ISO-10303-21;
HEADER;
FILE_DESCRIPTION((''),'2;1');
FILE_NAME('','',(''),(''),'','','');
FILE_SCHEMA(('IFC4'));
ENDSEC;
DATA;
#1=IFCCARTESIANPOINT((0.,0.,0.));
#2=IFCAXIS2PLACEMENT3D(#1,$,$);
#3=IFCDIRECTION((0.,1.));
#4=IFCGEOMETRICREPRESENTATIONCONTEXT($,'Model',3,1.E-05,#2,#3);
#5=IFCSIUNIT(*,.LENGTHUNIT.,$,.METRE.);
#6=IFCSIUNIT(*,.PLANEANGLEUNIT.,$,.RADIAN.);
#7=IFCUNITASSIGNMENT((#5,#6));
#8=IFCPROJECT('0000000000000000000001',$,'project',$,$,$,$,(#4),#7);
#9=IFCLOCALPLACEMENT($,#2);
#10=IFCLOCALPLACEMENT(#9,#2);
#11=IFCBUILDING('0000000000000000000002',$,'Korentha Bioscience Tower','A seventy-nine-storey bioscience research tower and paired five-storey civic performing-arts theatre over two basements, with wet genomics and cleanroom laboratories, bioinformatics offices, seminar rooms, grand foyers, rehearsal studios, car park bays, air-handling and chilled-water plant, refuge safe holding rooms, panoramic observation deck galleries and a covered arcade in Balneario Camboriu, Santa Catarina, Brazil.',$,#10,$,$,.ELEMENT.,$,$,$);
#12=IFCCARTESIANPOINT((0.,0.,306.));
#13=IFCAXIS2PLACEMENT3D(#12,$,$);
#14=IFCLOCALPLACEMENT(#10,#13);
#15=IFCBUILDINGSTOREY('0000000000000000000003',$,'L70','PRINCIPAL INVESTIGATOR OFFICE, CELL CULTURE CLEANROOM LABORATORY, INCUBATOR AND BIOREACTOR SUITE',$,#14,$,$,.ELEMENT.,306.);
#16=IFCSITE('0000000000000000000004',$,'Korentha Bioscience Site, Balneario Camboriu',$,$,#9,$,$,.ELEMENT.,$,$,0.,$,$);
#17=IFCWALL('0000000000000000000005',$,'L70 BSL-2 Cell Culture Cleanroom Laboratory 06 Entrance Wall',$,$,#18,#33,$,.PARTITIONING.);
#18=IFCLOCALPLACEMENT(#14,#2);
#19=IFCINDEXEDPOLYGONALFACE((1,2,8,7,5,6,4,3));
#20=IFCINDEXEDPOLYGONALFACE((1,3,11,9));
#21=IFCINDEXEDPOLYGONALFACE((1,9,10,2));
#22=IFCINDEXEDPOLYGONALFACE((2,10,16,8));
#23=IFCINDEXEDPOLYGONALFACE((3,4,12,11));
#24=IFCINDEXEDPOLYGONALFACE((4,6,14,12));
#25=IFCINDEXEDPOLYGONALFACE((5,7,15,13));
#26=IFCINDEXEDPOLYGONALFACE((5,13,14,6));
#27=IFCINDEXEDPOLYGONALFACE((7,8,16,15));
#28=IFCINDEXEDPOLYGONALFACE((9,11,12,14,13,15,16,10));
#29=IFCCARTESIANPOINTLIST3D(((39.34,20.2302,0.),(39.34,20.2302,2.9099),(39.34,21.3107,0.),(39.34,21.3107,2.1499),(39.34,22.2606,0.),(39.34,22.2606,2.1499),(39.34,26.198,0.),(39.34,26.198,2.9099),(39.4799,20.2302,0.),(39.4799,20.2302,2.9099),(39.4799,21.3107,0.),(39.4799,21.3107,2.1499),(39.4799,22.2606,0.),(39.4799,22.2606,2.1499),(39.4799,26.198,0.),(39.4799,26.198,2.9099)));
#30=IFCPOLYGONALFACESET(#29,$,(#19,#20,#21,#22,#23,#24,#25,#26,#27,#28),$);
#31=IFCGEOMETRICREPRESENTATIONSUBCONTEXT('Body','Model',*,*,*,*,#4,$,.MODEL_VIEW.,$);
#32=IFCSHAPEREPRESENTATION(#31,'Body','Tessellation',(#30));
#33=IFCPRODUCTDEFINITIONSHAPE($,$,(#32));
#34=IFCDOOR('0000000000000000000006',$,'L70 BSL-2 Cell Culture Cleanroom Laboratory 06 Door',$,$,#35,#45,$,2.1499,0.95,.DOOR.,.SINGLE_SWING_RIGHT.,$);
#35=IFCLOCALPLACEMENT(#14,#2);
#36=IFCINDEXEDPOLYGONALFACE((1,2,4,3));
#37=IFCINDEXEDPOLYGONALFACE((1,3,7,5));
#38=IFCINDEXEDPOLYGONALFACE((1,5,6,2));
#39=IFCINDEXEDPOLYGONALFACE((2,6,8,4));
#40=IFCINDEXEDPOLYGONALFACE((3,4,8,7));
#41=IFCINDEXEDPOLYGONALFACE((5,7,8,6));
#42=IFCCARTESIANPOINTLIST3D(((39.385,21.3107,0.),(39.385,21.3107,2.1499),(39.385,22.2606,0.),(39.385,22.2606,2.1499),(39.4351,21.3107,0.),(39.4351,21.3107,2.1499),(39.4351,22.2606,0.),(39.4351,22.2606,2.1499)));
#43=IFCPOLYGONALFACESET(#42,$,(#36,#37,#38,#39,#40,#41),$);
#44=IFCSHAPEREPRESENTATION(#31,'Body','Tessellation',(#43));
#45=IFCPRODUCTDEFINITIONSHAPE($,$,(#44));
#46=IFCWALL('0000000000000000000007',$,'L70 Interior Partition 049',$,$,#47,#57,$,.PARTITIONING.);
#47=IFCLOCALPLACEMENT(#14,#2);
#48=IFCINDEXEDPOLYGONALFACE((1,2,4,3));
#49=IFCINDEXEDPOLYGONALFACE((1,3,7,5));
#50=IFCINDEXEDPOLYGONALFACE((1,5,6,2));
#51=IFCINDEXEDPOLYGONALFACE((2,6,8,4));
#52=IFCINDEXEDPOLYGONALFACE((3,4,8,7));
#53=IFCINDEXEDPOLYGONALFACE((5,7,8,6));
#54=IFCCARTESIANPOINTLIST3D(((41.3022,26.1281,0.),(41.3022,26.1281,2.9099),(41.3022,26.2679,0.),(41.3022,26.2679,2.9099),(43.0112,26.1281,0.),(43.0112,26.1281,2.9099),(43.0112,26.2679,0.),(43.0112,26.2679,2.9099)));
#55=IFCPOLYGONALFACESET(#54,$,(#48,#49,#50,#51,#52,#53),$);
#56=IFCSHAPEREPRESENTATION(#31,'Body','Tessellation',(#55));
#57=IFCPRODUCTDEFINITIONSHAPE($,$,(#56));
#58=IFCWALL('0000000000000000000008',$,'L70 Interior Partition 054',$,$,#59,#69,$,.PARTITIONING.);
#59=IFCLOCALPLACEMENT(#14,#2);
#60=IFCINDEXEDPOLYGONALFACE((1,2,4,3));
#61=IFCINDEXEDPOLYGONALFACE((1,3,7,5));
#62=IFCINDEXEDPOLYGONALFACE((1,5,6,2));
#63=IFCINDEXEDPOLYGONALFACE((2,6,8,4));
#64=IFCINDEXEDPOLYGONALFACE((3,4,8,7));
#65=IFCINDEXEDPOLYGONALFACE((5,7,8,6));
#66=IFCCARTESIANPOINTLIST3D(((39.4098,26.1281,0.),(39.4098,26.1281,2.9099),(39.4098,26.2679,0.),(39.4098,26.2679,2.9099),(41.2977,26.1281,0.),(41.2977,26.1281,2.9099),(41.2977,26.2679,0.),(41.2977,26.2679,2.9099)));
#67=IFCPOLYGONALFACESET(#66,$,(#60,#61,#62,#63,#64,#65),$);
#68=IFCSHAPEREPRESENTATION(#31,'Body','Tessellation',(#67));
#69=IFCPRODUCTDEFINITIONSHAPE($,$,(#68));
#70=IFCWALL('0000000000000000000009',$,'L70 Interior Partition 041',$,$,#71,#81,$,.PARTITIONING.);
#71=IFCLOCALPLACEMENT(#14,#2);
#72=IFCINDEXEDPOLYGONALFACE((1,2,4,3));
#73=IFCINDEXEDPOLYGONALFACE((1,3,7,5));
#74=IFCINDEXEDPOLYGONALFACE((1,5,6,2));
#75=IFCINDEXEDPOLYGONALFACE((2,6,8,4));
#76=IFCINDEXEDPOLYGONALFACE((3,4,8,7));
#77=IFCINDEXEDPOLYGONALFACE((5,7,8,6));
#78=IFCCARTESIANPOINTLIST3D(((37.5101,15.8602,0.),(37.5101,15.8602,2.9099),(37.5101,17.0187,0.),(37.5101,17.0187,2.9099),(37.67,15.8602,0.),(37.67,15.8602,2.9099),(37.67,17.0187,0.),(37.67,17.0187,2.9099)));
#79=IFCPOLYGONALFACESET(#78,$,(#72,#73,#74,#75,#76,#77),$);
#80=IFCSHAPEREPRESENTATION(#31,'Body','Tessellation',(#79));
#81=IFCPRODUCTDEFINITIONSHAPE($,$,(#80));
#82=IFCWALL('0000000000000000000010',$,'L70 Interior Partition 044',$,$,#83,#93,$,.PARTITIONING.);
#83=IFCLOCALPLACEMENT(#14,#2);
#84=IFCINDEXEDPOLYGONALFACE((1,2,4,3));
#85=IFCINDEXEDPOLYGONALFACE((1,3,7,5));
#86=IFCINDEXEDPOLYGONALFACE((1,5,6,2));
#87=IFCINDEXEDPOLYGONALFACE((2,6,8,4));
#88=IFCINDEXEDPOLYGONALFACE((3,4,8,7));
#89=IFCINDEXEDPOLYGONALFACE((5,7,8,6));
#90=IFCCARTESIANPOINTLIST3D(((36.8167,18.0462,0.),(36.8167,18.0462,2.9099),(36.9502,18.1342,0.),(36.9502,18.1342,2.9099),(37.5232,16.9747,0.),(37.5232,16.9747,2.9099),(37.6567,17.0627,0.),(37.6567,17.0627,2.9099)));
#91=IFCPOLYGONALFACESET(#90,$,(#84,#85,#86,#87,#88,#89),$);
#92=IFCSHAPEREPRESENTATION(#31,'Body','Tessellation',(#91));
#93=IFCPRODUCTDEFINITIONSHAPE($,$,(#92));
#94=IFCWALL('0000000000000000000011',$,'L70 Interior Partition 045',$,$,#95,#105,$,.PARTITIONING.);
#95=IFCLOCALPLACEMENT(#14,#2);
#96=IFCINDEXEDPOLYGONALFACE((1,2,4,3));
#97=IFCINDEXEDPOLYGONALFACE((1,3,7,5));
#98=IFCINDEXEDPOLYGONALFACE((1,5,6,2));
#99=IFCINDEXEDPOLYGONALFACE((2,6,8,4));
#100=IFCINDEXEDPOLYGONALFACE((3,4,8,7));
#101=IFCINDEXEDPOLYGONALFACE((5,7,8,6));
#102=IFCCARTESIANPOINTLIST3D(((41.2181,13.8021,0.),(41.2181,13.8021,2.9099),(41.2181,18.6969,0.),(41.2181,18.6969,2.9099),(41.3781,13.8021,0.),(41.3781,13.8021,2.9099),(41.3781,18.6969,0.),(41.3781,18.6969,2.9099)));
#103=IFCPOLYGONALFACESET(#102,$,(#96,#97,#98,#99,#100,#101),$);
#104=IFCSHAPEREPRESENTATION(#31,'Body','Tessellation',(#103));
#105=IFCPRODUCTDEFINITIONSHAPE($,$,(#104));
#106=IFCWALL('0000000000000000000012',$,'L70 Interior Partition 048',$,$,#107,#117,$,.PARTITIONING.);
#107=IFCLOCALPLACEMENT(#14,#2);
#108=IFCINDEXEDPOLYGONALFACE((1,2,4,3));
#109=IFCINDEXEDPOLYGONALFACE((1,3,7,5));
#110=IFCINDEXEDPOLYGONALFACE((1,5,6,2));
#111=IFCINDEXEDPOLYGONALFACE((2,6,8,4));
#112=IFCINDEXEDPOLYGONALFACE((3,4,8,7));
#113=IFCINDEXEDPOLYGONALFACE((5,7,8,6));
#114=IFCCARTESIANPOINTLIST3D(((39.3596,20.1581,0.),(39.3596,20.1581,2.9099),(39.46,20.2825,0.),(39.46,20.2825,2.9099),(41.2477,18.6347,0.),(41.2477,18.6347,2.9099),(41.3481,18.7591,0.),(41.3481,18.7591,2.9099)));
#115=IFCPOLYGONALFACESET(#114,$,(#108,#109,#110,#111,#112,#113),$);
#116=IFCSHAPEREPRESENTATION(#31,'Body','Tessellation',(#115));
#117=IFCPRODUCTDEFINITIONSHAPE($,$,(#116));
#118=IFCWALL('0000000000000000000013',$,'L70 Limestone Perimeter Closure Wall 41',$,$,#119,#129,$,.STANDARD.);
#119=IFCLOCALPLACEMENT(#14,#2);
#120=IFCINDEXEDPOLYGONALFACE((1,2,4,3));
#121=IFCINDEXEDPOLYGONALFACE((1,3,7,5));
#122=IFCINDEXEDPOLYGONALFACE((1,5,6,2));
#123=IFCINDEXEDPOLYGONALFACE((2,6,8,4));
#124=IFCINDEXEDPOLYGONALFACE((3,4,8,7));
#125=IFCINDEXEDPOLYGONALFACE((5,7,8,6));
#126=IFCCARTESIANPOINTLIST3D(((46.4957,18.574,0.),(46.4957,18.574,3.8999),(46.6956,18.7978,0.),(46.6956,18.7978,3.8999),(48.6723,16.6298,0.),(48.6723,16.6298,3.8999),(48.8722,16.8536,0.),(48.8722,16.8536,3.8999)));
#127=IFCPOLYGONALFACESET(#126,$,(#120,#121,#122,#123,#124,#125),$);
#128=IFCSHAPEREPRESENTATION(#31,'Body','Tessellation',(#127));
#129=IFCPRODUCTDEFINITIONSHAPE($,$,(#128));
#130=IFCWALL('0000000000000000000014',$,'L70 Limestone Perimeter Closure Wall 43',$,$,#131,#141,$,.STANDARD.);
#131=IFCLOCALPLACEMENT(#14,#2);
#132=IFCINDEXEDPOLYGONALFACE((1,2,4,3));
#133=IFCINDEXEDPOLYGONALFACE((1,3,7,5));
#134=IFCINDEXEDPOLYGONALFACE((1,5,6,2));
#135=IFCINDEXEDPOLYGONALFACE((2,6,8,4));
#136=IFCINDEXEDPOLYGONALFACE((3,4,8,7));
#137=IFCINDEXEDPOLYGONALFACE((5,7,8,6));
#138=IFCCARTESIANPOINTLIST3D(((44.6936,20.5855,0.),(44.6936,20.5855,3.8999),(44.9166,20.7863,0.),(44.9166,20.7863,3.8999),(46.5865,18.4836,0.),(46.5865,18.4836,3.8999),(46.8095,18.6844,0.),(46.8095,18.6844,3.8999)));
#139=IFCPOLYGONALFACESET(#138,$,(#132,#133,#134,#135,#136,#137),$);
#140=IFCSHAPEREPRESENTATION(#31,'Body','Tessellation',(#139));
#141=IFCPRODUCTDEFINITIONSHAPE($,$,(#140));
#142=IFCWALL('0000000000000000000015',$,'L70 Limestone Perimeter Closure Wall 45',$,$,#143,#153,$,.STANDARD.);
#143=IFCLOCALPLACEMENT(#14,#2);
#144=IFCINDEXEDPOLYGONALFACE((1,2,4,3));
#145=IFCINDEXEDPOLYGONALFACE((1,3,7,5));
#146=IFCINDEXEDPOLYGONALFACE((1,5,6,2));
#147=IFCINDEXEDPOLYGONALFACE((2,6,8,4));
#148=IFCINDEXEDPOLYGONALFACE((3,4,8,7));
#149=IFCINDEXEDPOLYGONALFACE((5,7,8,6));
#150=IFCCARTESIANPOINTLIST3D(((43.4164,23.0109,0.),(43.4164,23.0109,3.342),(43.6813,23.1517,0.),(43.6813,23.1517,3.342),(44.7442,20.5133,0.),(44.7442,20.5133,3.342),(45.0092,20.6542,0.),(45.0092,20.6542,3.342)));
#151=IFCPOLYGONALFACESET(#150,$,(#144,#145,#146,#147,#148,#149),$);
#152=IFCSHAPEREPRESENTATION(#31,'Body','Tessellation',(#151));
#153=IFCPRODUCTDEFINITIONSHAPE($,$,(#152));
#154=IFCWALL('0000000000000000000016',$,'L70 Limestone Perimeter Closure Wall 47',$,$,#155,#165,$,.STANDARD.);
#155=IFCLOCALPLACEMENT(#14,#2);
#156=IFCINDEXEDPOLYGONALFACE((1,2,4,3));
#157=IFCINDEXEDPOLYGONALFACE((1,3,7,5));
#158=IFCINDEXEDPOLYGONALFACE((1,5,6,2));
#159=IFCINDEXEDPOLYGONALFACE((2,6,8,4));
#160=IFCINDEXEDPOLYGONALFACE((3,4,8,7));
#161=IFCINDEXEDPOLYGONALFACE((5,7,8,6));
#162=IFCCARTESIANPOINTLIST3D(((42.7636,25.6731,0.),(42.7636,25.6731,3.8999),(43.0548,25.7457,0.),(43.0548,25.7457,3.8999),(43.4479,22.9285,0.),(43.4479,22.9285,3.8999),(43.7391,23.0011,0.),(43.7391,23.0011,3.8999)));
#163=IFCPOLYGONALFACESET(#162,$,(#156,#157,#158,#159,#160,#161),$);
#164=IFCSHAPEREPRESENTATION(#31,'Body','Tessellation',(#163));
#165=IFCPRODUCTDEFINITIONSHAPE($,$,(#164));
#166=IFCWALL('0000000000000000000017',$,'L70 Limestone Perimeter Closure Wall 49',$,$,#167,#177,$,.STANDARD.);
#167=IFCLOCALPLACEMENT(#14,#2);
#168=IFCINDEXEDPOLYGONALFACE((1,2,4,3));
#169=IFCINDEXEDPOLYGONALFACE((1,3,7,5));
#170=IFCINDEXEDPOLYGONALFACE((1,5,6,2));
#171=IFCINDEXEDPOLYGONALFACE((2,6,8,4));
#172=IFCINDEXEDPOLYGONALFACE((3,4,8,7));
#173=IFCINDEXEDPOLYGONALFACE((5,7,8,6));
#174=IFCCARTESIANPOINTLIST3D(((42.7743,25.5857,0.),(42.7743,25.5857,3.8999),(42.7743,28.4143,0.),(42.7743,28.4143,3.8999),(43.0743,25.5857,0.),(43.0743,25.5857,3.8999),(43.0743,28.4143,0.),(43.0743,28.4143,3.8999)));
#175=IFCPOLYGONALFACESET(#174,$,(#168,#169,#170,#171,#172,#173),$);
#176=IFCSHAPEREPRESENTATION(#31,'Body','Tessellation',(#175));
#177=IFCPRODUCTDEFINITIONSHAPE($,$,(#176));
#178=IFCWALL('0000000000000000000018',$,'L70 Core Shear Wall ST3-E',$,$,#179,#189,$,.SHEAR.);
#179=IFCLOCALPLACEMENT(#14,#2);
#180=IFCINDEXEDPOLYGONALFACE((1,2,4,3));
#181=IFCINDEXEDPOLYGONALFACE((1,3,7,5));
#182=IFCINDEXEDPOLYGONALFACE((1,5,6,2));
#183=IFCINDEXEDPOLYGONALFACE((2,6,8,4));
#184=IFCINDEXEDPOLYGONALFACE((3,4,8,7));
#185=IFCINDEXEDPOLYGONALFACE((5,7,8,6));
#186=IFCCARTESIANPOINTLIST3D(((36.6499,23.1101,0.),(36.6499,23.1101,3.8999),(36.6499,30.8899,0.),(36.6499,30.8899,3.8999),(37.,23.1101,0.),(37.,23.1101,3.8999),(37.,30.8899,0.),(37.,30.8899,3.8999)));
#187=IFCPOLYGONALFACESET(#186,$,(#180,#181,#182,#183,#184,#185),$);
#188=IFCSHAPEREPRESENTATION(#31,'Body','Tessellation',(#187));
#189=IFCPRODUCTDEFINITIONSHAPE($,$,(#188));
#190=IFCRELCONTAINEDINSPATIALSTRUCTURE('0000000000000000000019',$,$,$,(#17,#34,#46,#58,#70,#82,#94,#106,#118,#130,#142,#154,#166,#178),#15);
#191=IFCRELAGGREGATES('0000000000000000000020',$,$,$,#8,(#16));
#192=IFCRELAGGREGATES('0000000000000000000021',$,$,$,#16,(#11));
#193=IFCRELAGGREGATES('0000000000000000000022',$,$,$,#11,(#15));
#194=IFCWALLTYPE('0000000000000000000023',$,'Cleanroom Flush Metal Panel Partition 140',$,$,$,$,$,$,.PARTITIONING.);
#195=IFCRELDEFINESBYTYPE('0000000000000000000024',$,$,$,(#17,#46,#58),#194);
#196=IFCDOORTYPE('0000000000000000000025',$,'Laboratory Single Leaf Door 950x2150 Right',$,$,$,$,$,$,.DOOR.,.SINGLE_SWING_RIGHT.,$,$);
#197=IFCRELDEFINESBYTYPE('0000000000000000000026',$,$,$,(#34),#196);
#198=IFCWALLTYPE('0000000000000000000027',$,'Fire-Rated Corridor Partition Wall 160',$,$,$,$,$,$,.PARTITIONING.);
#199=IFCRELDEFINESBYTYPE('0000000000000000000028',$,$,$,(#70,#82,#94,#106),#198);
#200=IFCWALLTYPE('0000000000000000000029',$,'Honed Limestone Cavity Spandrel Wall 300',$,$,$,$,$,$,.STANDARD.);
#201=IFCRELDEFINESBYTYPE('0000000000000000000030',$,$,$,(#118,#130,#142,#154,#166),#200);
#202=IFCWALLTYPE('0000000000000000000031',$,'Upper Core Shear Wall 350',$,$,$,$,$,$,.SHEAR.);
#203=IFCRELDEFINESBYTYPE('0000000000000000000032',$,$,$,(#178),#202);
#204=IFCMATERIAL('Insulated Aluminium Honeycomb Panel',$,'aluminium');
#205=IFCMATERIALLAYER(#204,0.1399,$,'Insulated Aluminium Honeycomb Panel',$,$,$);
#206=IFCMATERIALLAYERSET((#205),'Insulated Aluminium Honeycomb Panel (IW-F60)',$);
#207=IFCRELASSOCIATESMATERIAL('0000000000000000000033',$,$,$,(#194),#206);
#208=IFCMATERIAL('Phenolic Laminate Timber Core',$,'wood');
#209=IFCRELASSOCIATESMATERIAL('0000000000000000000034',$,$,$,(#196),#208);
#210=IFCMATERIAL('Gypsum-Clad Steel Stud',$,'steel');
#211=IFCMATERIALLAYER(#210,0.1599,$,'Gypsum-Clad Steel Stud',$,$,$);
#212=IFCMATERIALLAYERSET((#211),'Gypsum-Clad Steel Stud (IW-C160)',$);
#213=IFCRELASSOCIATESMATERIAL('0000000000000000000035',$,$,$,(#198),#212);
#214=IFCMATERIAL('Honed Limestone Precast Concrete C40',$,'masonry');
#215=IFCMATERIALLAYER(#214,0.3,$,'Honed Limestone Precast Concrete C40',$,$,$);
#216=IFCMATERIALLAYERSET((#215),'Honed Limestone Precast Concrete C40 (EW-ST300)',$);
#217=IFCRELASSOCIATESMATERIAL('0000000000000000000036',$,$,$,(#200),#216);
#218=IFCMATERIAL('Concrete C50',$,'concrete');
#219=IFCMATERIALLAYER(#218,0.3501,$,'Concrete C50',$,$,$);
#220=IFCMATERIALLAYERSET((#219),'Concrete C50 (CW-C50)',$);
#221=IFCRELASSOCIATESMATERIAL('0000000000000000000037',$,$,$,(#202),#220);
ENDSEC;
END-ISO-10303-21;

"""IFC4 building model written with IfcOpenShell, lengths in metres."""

from ifc_helpers import new_model, si_unit, direction, frame, frame_2d, origin, place, context, subcontext, project, spatial, rectangle, extrude, material, layer, layer_set, type_object, element, fill, save


model = new_model("IFC4")

# Units and contexts
model_context = context("Model", 3, precision=1e-05, world=origin(), true_north=direction((0.0, 1.0)))
body_context = subcontext(model_context, "Body", "Model", "MODEL_VIEW")
ifc_project = project(units=[si_unit("LENGTHUNIT", "METRE"), si_unit("PLANEANGLEUNIT", "RADIAN")], contexts=[model_context])

# Site, building, storey
site_placement = place(None, origin())
site = spatial("IfcSite", under=ifc_project, at=site_placement, Name="Korentha Bioscience Site, Balneario Camboriu", CompositionType="ELEMENT", RefElevation=0.0)
building_placement = place(site_placement, origin())
building = spatial("IfcBuilding", under=site, at=building_placement, Name="Korentha Bioscience Tower", Description="A seventy-nine-storey bioscience research tower and paired five-storey civic performing-arts theatre over two basements, with wet genomics and cleanroom laboratories, bioinformatics offices, seminar rooms, grand foyers, rehearsal studios, car park bays, air-handling and chilled-water plant, refuge safe holding rooms, panoramic observation deck galleries and a covered arcade in Balneario Camboriu, Santa Catarina, Brazil.", CompositionType="ELEMENT")
storey_placement = place(building_placement, frame((0.0, 0.0, 306.0)))
storey = spatial("IfcBuildingStorey", under=building, at=storey_placement, Name="L70", Description="PRINCIPAL INVESTIGATOR OFFICE, CELL CULTURE CLEANROOM LABORATORY, INCUBATOR AND BIOREACTOR SUITE", CompositionType="ELEMENT", Elevation=306.0)

# Shared definitions
ifc_material_1 = material(Name="Concrete C50", Category="concrete")

# Wall, opening, door
ifc_material_2 = material(Name="Insulated Aluminium Honeycomb Panel", Category="aluminium")
ifc_layer_1 = layer(ifc_material_2, 0.1399, Name="Insulated Aluminium Honeycomb Panel")
ifc_layer_set_1 = layer_set([ifc_layer_1], Name="Insulated Aluminium Honeycomb Panel (IW-F60)")
wall_type_1 = type_object("IfcWallType", Name="Cleanroom Flush Metal Panel Partition 140", PredefinedType="PARTITIONING", material=ifc_layer_set_1)
wall_1_placement = place(storey_placement, frame((39.4099, 20.2302, 0.0), z_axis=(0.0, 0.0, 1.0), x_axis=(0.0, 1.0, 0.0)))
wall_1 = element("IfcWall", 1, at=wall_1_placement, inside=storey, type_object=wall_type_1, Name="L70 BSL-2 Cell Culture Cleanroom Laboratory 06 Entrance Wall", PredefinedType="PARTITIONING", context=body_context, shape_type="SweptSolid", body=[
    extrude(rectangle(XDim=5.9678, YDim=0.1399, at=frame_2d((2.9839, 0.0))), origin(), (0.0, 0.0, 1.0), 2.9099),
])
opening_placement = place(wall_1_placement, frame((1.0803, 0.0, 0.0)))
opening = element("IfcOpeningElement", 2, at=opening_placement, cuts=wall_1, PredefinedType="OPENING", context=body_context, shape_type="SweptSolid", body=[
    extrude(rectangle(XDim=0.95, YDim=2.1499, at=frame_2d((0.4751, 1.075))), frame((0.0, 0.085, 0.0), z_axis=(0.0, -1.0, 0.0), x_axis=(1.0, 0.0, 0.0)), (0.0, 0.0, 1.0), 0.1697),
])
ifc_material_3 = material(Name="Phenolic Laminate Timber Core", Category="wood")
door_type = type_object("IfcDoorType", Name="Laboratory Single Leaf Door 950x2150 Right", OperationType="SINGLE_SWING_RIGHT", PredefinedType="DOOR", material=ifc_material_3)
door_placement = place(opening_placement, origin())
door = element("IfcDoor", 3, at=door_placement, inside=storey, type_object=door_type, Name="L70 BSL-2 Cell Culture Cleanroom Laboratory 06 Door", OperationType="SINGLE_SWING_RIGHT", OverallHeight=2.1499, OverallWidth=0.95, PredefinedType="DOOR", context=body_context, shape_type="SweptSolid", body=[
    extrude(rectangle(XDim=0.95, YDim=2.1499, at=frame_2d((0.4751, 1.075))), frame((0.0, 0.0249, 0.0), z_axis=(0.0, -1.0, 0.0), x_axis=(1.0, 0.0, 0.0)), (0.0, 0.0, 1.0), 0.05),
])
fill(opening, door)

# Walls
wall_2_placement = place(storey_placement, frame((41.3022, 26.198, 0.0), z_axis=(0.0, 0.0, 1.0), x_axis=(1.0, 0.0, 0.0)))
element("IfcWall", 4, at=wall_2_placement, inside=storey, type_object=wall_type_1, Name="L70 Interior Partition 049", PredefinedType="PARTITIONING", context=body_context, shape_type="SweptSolid", body=[
    extrude(rectangle(XDim=1.709, YDim=0.1399, at=frame_2d((0.8545, 0.0))), origin(), (0.0, 0.0, 1.0), 2.9099),
])
wall_3_placement = place(storey_placement, frame((39.4099, 26.198, 0.0), z_axis=(0.0, 0.0, 1.0), x_axis=(1.0, 0.0, 0.0)))
element("IfcWall", 5, at=wall_3_placement, inside=storey, type_object=wall_type_1, Name="L70 Interior Partition 054", PredefinedType="PARTITIONING", context=body_context, shape_type="SweptSolid", body=[
    extrude(rectangle(XDim=1.8879, YDim=0.1399, at=frame_2d((0.9438, 0.0))), origin(), (0.0, 0.0, 1.0), 2.9099),
])
ifc_material_4 = material(Name="Gypsum-Clad Steel Stud", Category="steel")
ifc_layer_2 = layer(ifc_material_4, 0.1599, Name="Gypsum-Clad Steel Stud")
ifc_layer_set_2 = layer_set([ifc_layer_2], Name="Gypsum-Clad Steel Stud (IW-C160)")
wall_type_2 = type_object("IfcWallType", Name="Fire-Rated Corridor Partition Wall 160", PredefinedType="PARTITIONING", material=ifc_layer_set_2)
wall_4_placement = place(storey_placement, frame((37.5901, 17.0186, 0.0), z_axis=(0.0, 0.0, 1.0), x_axis=(0.0, -1.0, 0.0)))
element("IfcWall", 6, at=wall_4_placement, inside=storey, type_object=wall_type_2, Name="L70 Interior Partition 041", PredefinedType="PARTITIONING", context=body_context, shape_type="SweptSolid", body=[
    extrude(rectangle(XDim=1.1584, YDim=0.1599, at=frame_2d((0.5791, 0.0))), origin(), (0.0, 0.0, 1.0), 2.9099),
])
wall_5_placement = place(storey_placement, frame((36.8835, 18.0901, 0.0), z_axis=(0.0, 0.0, 1.0), x_axis=(0.550479, -0.834849, 0.0)))
element("IfcWall", 7, at=wall_5_placement, inside=storey, type_object=wall_type_2, Name="L70 Interior Partition 044", PredefinedType="PARTITIONING", context=body_context, shape_type="SweptSolid", body=[
    extrude(rectangle(XDim=1.2834, YDim=0.1599, at=frame_2d((0.6416, 0.0))), origin(), (0.0, 0.0, 1.0), 2.9099),
])
wall_6_placement = place(storey_placement, frame((41.2981, 18.6968, 0.0), z_axis=(0.0, 0.0, 1.0), x_axis=(0.0, -1.0, 0.0)))
element("IfcWall", 8, at=wall_6_placement, inside=storey, type_object=wall_type_2, Name="L70 Interior Partition 045", PredefinedType="PARTITIONING", context=body_context, shape_type="SweptSolid", body=[
    extrude(rectangle(XDim=4.8948, YDim=0.1599, at=frame_2d((2.4473, 0.0))), origin(), (0.0, 0.0, 1.0), 2.9099),
])
wall_7_placement = place(storey_placement, frame((39.4099, 20.2202, 0.0), z_axis=(0.0, 0.0, 1.0), x_axis=(0.77827, -0.627929, 0.0)))
element("IfcWall", 9, at=wall_7_placement, inside=storey, type_object=wall_type_2, Name="L70 Interior Partition 048", PredefinedType="PARTITIONING", context=body_context, shape_type="SweptSolid", body=[
    extrude(rectangle(XDim=2.426, YDim=0.1599, at=frame_2d((1.2129, 0.0))), origin(), (0.0, 0.0, 1.0), 2.9099),
])
ifc_material_5 = material(Name="Honed Limestone Precast Concrete C40", Category="masonry")
ifc_layer_3 = layer(ifc_material_5, 0.3, Name="Honed Limestone Precast Concrete C40")
ifc_layer_set_3 = layer_set([ifc_layer_3], Name="Honed Limestone Precast Concrete C40 (EW-ST300)")
wall_type_3 = type_object("IfcWallType", Name="Honed Limestone Cavity Spandrel Wall 300", PredefinedType="STANDARD", material=ifc_layer_set_3)
wall_8_placement = place(storey_placement, frame((48.7722, 16.7417, 0.0), z_axis=(0.0, 0.0, 1.0), x_axis=(-0.745806, 0.666164, 0.0)))
element("IfcWall", 10, at=wall_8_placement, inside=storey, type_object=wall_type_3, Name="L70 Limestone Perimeter Closure Wall 41", PredefinedType="STANDARD", context=body_context, shape_type="SweptSolid", body=[
    extrude(rectangle(XDim=2.9185, YDim=0.3, at=frame_2d((1.4592, 0.0))), origin(), (0.0, 0.0, 1.0), 3.8999),
])
wall_9_placement = place(storey_placement, frame((46.698, 18.584, 0.0), z_axis=(0.0, 0.0, 1.0), x_axis=(-0.669198, 0.743084, 0.0)))
element("IfcWall", 11, at=wall_9_placement, inside=storey, type_object=wall_type_3, Name="L70 Limestone Perimeter Closure Wall 43", PredefinedType="STANDARD", context=body_context, shape_type="SweptSolid", body=[
    extrude(rectangle(XDim=2.8286, YDim=0.3, at=frame_2d((1.4143, 0.0))), origin(), (0.0, 0.0, 1.0), 3.8999),
])
wall_10_placement = place(storey_placement, frame((44.8767, 20.5837, 0.0), z_axis=(0.0, 0.0, 1.0), x_axis=(-0.469445, 0.882961, 0.0)))
element("IfcWall", 12, at=wall_10_placement, inside=storey, type_object=wall_type_3, Name="L70 Limestone Perimeter Closure Wall 45", PredefinedType="STANDARD", context=body_context, shape_type="SweptSolid", body=[
    extrude(rectangle(XDim=2.8286, YDim=0.3, at=frame_2d((1.4143, 0.0))), origin(), (0.0, 0.0, 1.0), 3.342),
])
for number, where, z_axis, x_axis, name in (
    (13, (43.5935, 22.9648, 0.0), (0.0, 0.0, 1.0), (-0.241926, 0.970295, 0.0), "L70 Limestone Perimeter Closure Wall 47"),
    (14, (42.9243, 25.5857, 0.0), (0.0, 0.0, 1.0), (0.0, 1.0, 0.0), "L70 Limestone Perimeter Closure Wall 49"),
):
    element("IfcWall", number, at=place(storey_placement, frame(where, z_axis=z_axis, x_axis=x_axis)), inside=storey, type_object=wall_type_3, Name=name, PredefinedType="STANDARD", context=body_context, shape_type="SweptSolid", body=[
        extrude(rectangle(XDim=2.8286, YDim=0.3, at=frame_2d((1.4143, 0.0))), origin(), (0.0, 0.0, 1.0), 3.8999),
    ])
ifc_layer_4 = layer(ifc_material_1, 0.3501, Name="Concrete C50")
ifc_layer_set_4 = layer_set([ifc_layer_4], Name="Concrete C50 (CW-C50)")
wall_type_4 = type_object("IfcWallType", Name="Upper Core Shear Wall 350", PredefinedType="SHEAR", material=ifc_layer_set_4)
wall_11_placement = place(storey_placement, frame((36.825, 23.1101, 0.0), z_axis=(0.0, 0.0, 1.0), x_axis=(0.0, 1.0, 0.0)))
element("IfcWall", 15, at=wall_11_placement, inside=storey, type_object=wall_type_4, Name="L70 Core Shear Wall ST3-E", PredefinedType="SHEAR", context=body_context, shape_type="SweptSolid", body=[
    extrude(rectangle(XDim=7.7798, YDim=0.3501, at=frame_2d((3.8899, 0.0))), origin(), (0.0, 0.0, 1.0), 3.8999),
])

save(model, "model.ifc")
